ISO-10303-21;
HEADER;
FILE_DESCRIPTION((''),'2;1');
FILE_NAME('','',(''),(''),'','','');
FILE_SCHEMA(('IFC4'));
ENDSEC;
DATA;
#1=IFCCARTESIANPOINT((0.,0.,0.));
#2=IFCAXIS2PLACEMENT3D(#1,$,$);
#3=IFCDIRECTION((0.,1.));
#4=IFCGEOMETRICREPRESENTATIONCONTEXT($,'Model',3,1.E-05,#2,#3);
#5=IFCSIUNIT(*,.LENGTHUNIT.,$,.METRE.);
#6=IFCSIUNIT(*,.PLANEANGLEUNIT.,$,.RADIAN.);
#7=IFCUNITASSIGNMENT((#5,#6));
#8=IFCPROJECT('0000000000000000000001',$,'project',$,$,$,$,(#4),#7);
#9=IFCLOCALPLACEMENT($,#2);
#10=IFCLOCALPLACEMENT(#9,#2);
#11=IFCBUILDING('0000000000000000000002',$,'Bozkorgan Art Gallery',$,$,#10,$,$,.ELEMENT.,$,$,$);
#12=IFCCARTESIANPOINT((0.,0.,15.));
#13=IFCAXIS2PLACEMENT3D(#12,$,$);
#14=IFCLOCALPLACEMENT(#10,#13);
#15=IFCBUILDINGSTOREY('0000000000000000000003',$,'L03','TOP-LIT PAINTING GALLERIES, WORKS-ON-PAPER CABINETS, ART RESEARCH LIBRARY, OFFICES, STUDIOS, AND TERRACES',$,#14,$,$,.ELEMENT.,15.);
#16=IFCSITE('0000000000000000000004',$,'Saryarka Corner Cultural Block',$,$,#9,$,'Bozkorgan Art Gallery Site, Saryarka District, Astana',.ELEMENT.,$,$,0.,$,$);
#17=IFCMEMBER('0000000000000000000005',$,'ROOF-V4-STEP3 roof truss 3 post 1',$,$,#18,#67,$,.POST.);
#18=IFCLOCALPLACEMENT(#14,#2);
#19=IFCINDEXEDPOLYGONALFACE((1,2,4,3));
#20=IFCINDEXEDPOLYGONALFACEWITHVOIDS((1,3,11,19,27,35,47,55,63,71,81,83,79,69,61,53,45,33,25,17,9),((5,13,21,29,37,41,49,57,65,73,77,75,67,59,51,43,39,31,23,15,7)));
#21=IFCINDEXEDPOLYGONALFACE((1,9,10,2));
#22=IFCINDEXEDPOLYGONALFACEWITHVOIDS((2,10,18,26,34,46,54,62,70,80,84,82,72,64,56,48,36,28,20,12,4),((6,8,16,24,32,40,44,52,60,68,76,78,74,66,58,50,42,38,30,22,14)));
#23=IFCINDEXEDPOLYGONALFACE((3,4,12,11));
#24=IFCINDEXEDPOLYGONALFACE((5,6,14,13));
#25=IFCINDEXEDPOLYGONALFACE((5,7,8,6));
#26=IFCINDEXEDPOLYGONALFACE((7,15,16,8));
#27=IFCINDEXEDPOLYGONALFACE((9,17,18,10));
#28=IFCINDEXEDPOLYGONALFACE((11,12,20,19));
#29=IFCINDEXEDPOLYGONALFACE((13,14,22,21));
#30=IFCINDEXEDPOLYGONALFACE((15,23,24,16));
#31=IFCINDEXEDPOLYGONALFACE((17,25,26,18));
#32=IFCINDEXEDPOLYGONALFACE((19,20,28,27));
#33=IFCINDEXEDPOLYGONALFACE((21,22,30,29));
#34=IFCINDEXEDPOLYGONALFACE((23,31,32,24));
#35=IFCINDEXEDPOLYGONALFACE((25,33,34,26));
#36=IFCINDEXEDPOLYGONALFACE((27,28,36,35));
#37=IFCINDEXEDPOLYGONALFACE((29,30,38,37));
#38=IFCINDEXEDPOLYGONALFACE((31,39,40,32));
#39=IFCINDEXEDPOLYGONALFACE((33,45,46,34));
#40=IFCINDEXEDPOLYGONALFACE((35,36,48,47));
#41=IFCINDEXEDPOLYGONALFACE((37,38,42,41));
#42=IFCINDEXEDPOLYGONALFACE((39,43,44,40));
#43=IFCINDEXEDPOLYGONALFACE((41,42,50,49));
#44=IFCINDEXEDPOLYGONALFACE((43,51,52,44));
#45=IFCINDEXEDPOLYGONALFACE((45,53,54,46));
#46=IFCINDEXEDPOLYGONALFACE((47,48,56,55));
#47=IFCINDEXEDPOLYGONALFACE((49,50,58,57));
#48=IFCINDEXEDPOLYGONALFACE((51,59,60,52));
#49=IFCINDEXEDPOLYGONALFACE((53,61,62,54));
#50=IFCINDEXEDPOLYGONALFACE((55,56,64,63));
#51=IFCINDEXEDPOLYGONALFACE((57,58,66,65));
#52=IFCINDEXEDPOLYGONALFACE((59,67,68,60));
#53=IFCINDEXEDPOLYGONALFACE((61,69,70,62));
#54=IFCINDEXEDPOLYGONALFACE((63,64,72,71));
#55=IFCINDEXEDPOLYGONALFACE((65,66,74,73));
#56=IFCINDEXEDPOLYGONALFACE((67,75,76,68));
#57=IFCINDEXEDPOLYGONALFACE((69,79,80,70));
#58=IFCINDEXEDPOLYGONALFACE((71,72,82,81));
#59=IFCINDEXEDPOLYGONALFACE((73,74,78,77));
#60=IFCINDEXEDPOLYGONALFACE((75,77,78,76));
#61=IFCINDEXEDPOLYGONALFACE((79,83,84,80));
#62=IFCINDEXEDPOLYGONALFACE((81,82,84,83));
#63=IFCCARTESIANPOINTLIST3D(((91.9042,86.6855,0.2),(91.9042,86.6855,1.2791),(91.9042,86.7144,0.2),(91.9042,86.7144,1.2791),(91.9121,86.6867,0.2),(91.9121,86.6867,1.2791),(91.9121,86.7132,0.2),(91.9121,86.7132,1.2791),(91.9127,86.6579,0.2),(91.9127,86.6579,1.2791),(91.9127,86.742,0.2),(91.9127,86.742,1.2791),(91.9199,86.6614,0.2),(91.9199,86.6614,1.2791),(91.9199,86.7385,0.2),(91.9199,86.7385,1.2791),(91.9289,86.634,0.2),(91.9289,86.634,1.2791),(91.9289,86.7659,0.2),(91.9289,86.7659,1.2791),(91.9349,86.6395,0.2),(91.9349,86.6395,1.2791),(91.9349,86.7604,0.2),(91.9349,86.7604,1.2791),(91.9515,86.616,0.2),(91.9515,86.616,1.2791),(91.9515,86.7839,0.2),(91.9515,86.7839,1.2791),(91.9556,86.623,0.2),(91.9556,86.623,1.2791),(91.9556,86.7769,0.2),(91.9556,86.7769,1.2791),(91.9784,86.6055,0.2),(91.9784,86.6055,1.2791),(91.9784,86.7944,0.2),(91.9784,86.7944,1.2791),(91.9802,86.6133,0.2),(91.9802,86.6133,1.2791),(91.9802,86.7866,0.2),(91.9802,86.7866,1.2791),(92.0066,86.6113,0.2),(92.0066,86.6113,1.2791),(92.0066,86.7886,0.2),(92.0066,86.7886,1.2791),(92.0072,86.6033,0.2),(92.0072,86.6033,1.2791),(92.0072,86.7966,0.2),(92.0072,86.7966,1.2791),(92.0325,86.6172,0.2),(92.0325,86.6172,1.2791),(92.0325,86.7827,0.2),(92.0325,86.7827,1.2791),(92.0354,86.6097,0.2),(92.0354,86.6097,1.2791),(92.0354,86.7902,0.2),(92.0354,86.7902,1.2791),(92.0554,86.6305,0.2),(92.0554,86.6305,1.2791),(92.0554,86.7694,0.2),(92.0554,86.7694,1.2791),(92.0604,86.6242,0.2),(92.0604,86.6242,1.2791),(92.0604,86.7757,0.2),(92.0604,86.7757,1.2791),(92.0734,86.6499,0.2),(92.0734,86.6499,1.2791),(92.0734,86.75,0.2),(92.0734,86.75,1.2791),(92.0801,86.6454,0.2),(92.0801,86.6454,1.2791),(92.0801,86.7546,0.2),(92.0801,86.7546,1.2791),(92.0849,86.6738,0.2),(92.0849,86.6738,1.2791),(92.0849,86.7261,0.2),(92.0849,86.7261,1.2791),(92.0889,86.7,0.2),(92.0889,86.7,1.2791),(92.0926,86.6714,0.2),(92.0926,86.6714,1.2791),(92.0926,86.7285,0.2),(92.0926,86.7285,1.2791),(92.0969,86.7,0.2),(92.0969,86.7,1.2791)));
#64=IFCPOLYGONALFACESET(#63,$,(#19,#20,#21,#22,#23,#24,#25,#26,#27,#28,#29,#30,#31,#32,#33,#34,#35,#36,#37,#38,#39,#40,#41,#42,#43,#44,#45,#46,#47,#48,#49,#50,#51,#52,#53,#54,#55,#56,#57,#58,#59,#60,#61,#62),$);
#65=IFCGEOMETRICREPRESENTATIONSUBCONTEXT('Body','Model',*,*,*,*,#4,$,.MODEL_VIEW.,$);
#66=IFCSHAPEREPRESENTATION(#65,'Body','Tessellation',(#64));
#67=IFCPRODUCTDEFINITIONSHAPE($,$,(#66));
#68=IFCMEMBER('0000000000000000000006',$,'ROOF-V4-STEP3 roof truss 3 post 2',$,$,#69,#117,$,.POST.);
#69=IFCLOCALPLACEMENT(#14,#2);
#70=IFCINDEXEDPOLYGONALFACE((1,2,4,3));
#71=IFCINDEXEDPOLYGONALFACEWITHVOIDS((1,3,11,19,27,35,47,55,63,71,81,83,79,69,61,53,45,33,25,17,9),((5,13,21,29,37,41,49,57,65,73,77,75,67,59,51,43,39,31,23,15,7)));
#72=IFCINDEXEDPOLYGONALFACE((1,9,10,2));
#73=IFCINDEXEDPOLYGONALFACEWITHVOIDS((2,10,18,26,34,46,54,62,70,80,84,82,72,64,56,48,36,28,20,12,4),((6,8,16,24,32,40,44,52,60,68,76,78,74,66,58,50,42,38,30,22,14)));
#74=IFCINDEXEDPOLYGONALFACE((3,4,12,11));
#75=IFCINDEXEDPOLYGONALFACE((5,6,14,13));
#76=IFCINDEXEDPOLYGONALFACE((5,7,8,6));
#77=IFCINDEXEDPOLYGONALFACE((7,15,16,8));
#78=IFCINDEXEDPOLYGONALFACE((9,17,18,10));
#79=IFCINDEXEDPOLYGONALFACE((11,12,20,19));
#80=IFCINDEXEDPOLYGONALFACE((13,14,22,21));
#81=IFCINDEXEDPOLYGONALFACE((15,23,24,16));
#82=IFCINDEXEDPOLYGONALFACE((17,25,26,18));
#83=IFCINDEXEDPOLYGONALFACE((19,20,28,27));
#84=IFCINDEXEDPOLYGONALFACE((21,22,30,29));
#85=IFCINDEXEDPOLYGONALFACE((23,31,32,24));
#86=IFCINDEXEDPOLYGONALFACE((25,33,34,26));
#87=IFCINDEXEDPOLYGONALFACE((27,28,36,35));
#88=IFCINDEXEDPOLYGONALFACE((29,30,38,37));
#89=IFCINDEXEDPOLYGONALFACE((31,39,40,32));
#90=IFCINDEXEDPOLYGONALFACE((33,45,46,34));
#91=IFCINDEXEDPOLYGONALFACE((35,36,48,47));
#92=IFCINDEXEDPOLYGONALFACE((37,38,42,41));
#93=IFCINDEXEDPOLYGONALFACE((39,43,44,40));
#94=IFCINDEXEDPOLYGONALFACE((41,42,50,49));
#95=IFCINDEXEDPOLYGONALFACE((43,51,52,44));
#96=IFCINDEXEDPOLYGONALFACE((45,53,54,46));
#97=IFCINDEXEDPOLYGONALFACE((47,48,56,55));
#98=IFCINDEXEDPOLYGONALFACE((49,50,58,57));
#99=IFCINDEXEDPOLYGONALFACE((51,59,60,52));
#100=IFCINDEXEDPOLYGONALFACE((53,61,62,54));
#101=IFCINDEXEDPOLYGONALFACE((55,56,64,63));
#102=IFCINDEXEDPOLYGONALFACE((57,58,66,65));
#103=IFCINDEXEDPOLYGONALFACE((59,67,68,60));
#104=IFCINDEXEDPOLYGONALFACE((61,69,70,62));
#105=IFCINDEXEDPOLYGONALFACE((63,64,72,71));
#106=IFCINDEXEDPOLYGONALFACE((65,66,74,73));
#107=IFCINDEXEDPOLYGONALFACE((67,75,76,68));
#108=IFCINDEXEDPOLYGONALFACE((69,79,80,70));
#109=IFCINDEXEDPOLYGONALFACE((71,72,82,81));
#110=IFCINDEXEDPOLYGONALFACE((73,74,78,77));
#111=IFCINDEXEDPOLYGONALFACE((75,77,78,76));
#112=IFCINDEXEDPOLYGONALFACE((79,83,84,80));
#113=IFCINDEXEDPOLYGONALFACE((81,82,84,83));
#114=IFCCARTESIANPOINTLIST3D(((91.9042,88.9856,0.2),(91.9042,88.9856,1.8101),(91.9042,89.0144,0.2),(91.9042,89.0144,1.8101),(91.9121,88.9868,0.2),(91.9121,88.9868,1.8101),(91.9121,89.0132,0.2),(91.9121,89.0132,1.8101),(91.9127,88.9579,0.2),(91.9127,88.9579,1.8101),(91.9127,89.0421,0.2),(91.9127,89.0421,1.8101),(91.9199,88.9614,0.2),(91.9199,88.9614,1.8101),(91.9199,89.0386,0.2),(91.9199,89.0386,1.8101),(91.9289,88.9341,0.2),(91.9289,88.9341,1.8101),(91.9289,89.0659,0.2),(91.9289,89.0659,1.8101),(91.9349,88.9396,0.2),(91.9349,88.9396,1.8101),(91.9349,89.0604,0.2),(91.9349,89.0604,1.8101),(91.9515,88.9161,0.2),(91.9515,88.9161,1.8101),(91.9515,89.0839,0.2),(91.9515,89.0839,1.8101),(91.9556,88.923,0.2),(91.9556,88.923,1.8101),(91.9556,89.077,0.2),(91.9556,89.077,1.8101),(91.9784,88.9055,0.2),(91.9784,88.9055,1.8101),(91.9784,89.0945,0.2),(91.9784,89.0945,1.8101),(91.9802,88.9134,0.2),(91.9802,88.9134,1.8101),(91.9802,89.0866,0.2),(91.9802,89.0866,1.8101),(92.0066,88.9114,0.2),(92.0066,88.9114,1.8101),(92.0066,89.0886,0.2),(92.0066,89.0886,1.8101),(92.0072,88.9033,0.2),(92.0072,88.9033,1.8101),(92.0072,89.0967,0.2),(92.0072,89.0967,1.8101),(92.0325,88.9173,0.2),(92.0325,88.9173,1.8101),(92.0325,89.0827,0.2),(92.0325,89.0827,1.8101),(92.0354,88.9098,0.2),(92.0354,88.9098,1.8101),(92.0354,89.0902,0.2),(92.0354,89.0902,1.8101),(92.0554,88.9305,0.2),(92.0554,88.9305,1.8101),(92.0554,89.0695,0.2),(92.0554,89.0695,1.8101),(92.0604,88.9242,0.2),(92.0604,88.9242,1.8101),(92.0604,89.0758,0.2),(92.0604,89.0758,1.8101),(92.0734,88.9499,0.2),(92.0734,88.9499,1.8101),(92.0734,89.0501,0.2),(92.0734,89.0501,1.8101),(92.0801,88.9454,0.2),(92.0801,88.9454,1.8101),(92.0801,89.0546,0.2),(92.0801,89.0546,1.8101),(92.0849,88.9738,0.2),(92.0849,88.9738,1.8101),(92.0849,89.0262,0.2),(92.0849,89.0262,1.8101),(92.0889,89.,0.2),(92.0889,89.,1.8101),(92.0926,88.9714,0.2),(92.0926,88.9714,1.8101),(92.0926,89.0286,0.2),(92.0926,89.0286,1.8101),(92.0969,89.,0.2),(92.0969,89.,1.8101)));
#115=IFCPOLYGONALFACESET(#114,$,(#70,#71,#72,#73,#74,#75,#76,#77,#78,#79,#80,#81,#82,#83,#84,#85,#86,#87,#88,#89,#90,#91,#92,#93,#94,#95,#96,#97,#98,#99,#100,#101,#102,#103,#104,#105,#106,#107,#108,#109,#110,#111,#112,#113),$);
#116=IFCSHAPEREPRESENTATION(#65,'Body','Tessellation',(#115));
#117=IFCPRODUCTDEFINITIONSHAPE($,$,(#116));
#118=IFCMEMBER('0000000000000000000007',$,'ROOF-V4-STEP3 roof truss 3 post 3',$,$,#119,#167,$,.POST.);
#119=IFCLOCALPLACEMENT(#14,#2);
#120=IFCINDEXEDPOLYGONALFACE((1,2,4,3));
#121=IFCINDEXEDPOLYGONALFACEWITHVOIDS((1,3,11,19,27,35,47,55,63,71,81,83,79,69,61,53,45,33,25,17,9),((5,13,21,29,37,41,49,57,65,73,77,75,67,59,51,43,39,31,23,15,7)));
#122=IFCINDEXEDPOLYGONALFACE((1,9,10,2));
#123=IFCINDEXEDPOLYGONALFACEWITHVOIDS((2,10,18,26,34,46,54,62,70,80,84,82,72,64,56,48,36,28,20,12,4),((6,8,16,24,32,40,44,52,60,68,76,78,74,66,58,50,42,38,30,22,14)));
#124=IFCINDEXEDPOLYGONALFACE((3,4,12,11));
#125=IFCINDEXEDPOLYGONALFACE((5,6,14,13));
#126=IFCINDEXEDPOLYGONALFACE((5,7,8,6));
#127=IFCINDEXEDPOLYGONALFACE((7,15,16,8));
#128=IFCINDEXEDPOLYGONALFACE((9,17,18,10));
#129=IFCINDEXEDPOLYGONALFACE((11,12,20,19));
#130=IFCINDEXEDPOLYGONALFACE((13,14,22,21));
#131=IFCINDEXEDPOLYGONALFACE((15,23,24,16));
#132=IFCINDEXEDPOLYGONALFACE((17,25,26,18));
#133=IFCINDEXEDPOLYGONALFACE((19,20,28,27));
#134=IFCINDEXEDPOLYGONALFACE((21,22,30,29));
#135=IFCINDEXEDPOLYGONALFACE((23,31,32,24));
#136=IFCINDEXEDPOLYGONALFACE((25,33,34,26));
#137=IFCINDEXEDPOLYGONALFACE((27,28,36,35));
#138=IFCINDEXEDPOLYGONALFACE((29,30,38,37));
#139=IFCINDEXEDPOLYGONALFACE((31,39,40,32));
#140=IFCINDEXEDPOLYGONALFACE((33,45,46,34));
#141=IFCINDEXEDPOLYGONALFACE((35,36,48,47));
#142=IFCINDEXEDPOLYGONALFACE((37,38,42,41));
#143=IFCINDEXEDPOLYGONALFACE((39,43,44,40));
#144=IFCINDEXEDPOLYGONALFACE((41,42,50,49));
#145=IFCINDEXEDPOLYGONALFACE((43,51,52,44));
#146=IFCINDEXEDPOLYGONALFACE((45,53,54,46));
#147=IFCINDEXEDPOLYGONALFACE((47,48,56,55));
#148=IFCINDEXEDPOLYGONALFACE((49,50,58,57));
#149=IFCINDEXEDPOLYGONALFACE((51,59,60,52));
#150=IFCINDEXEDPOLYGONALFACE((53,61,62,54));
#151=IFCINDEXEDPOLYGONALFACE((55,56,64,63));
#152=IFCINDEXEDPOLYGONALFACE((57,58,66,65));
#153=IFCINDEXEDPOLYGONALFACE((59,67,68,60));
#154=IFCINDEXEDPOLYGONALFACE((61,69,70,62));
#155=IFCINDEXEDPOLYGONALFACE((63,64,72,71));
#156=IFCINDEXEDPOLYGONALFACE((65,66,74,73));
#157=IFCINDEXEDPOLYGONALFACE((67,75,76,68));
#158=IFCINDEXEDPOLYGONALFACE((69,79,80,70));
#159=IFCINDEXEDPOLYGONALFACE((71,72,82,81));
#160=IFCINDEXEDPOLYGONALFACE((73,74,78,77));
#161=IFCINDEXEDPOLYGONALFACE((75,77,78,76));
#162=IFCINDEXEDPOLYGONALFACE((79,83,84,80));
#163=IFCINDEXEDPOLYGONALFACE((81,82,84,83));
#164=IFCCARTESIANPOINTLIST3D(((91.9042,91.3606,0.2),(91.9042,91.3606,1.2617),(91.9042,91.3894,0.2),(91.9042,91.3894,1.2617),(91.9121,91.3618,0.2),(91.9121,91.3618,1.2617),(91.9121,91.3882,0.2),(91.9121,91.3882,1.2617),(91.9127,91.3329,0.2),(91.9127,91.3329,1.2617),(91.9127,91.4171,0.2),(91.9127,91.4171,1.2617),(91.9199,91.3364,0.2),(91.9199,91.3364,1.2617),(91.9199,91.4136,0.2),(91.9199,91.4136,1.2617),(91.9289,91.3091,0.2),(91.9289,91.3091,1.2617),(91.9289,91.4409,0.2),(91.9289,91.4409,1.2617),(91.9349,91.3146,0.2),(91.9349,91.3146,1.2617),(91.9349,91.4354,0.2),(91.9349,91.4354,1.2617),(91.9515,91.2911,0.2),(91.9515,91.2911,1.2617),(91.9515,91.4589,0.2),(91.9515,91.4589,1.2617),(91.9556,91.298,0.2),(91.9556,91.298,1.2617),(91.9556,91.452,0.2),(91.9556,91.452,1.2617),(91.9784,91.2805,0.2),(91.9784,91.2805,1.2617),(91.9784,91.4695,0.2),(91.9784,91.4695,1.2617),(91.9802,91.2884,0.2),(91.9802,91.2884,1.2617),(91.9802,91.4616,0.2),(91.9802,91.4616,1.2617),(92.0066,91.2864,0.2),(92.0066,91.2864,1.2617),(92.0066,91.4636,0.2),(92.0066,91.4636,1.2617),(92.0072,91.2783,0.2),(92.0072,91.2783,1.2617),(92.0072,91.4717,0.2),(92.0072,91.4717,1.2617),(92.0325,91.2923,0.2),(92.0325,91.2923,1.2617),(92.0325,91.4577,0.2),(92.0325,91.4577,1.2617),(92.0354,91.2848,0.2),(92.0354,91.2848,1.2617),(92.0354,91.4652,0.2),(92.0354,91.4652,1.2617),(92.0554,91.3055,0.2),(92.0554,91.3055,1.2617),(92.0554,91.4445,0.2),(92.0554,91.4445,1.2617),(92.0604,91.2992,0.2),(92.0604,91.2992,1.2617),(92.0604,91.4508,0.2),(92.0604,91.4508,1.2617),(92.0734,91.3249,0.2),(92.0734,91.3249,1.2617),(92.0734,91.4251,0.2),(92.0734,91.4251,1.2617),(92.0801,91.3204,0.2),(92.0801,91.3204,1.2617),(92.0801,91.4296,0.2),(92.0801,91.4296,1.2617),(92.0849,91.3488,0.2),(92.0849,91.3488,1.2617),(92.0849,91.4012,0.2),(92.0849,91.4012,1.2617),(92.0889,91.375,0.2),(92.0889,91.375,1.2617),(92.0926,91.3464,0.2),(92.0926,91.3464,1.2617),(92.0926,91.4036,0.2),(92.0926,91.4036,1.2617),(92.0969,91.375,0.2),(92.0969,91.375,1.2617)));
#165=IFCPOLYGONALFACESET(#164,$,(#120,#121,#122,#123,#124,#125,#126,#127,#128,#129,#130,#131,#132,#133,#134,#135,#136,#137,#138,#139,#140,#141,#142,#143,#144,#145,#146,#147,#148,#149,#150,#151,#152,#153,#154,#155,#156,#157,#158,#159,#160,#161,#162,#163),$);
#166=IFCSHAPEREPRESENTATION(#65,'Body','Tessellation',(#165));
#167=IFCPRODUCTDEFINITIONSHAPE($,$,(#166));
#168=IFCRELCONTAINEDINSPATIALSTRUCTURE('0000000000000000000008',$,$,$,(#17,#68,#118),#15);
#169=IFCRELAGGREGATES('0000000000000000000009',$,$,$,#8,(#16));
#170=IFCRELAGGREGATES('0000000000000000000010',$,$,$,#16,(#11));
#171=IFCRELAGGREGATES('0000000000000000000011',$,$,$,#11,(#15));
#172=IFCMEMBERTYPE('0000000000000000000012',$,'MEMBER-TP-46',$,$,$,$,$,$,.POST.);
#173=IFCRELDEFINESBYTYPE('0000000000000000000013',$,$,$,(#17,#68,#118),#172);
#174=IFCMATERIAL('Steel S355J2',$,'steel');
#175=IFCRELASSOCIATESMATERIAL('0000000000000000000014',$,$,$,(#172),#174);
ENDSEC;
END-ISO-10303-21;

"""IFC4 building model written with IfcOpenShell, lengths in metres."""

from ifc_helpers import new_model, si_unit, direction, frame, origin, origin_2d, place, context, subcontext, project, spatial, hollow_circle, extrude, material, material_profile, profile_set, type_object, element, save


model = new_model("IFC4")

# Units and contexts
model_context = context("Model", 3, precision=1e-05, world=origin(), true_north=direction((0.0, 1.0)))
body_context = subcontext(model_context, "Body", "Model", "MODEL_VIEW")
ifc_project = project(units=[si_unit("LENGTHUNIT", "METRE"), si_unit("PLANEANGLEUNIT", "RADIAN")], contexts=[model_context])

# Site, building, storey
site_placement = place(None, origin())
site = spatial("IfcSite", under=ifc_project, at=site_placement, Name="Saryarka Corner Cultural Block", LongName="Bozkorgan Art Gallery Site, Saryarka District, Astana", CompositionType="ELEMENT", RefElevation=0.0)
building_placement = place(site_placement, origin())
building = spatial("IfcBuilding", under=site, at=building_placement, Name="Bozkorgan Art Gallery", CompositionType="ELEMENT")
storey_placement = place(building_placement, frame((0.0, 0.0, 15.0)))
storey = spatial("IfcBuildingStorey", under=building, at=storey_placement, Name="L03", Description="TOP-LIT PAINTING GALLERIES, WORKS-ON-PAPER CABINETS, ART RESEARCH LIBRARY, OFFICES, STUDIOS, AND TERRACES", CompositionType="ELEMENT", Elevation=15.0)

# Shared definitions
ifc_material_1 = material(Name="Steel S355J2", Category="steel")

# Members
ifc_material_profile_1 = material_profile(ifc_material_1, hollow_circle(Radius=0.0969, WallThickness=0.0081, at=origin_2d()), Name="CHS 193.7x8")
ifc_profile_set_1 = profile_set([ifc_material_profile_1], Name="Steel S355J2")
member_type_1 = type_object("IfcMemberType", Name="MEMBER-TP-46", PredefinedType="POST", material=ifc_profile_set_1)
member_1_placement = place(storey_placement, frame((92.0, 86.7, 0.2), z_axis=(0.0, 0.0, 1.0), x_axis=(1.0, 0.0, 0.0)))
element("IfcMember", 1, at=member_1_placement, inside=storey, type_object=member_type_1, Name="ROOF-V4-STEP3 roof truss 3 post 1", PredefinedType="POST", context=body_context, shape_type="SweptSolid", body=[
    extrude(hollow_circle(Radius=0.0969, WallThickness=0.0081, at=origin_2d()), origin(), (0.0, 0.0, 1.0), 1.0791),
])
member_2_placement = place(storey_placement, frame((92.0, 89.0, 0.2), z_axis=(0.0, 0.0, 1.0), x_axis=(1.0, 0.0, 0.0)))
element("IfcMember", 2, at=member_2_placement, inside=storey, type_object=member_type_1, Name="ROOF-V4-STEP3 roof truss 3 post 2", PredefinedType="POST", context=body_context, shape_type="SweptSolid", body=[
    extrude(hollow_circle(Radius=0.0969, WallThickness=0.0081, at=origin_2d()), origin(), (0.0, 0.0, 1.0), 1.6101),
])
member_3_placement = place(storey_placement, frame((92.0, 91.375, 0.2), z_axis=(0.0, 0.0, 1.0), x_axis=(1.0, 0.0, 0.0)))
element("IfcMember", 3, at=member_3_placement, inside=storey, type_object=member_type_1, Name="ROOF-V4-STEP3 roof truss 3 post 3", PredefinedType="POST", context=body_context, shape_type="SweptSolid", body=[
    extrude(hollow_circle(Radius=0.0969, WallThickness=0.0081, at=origin_2d()), origin(), (0.0, 0.0, 1.0), 1.0618),
])

save(model, "model.ifc")
